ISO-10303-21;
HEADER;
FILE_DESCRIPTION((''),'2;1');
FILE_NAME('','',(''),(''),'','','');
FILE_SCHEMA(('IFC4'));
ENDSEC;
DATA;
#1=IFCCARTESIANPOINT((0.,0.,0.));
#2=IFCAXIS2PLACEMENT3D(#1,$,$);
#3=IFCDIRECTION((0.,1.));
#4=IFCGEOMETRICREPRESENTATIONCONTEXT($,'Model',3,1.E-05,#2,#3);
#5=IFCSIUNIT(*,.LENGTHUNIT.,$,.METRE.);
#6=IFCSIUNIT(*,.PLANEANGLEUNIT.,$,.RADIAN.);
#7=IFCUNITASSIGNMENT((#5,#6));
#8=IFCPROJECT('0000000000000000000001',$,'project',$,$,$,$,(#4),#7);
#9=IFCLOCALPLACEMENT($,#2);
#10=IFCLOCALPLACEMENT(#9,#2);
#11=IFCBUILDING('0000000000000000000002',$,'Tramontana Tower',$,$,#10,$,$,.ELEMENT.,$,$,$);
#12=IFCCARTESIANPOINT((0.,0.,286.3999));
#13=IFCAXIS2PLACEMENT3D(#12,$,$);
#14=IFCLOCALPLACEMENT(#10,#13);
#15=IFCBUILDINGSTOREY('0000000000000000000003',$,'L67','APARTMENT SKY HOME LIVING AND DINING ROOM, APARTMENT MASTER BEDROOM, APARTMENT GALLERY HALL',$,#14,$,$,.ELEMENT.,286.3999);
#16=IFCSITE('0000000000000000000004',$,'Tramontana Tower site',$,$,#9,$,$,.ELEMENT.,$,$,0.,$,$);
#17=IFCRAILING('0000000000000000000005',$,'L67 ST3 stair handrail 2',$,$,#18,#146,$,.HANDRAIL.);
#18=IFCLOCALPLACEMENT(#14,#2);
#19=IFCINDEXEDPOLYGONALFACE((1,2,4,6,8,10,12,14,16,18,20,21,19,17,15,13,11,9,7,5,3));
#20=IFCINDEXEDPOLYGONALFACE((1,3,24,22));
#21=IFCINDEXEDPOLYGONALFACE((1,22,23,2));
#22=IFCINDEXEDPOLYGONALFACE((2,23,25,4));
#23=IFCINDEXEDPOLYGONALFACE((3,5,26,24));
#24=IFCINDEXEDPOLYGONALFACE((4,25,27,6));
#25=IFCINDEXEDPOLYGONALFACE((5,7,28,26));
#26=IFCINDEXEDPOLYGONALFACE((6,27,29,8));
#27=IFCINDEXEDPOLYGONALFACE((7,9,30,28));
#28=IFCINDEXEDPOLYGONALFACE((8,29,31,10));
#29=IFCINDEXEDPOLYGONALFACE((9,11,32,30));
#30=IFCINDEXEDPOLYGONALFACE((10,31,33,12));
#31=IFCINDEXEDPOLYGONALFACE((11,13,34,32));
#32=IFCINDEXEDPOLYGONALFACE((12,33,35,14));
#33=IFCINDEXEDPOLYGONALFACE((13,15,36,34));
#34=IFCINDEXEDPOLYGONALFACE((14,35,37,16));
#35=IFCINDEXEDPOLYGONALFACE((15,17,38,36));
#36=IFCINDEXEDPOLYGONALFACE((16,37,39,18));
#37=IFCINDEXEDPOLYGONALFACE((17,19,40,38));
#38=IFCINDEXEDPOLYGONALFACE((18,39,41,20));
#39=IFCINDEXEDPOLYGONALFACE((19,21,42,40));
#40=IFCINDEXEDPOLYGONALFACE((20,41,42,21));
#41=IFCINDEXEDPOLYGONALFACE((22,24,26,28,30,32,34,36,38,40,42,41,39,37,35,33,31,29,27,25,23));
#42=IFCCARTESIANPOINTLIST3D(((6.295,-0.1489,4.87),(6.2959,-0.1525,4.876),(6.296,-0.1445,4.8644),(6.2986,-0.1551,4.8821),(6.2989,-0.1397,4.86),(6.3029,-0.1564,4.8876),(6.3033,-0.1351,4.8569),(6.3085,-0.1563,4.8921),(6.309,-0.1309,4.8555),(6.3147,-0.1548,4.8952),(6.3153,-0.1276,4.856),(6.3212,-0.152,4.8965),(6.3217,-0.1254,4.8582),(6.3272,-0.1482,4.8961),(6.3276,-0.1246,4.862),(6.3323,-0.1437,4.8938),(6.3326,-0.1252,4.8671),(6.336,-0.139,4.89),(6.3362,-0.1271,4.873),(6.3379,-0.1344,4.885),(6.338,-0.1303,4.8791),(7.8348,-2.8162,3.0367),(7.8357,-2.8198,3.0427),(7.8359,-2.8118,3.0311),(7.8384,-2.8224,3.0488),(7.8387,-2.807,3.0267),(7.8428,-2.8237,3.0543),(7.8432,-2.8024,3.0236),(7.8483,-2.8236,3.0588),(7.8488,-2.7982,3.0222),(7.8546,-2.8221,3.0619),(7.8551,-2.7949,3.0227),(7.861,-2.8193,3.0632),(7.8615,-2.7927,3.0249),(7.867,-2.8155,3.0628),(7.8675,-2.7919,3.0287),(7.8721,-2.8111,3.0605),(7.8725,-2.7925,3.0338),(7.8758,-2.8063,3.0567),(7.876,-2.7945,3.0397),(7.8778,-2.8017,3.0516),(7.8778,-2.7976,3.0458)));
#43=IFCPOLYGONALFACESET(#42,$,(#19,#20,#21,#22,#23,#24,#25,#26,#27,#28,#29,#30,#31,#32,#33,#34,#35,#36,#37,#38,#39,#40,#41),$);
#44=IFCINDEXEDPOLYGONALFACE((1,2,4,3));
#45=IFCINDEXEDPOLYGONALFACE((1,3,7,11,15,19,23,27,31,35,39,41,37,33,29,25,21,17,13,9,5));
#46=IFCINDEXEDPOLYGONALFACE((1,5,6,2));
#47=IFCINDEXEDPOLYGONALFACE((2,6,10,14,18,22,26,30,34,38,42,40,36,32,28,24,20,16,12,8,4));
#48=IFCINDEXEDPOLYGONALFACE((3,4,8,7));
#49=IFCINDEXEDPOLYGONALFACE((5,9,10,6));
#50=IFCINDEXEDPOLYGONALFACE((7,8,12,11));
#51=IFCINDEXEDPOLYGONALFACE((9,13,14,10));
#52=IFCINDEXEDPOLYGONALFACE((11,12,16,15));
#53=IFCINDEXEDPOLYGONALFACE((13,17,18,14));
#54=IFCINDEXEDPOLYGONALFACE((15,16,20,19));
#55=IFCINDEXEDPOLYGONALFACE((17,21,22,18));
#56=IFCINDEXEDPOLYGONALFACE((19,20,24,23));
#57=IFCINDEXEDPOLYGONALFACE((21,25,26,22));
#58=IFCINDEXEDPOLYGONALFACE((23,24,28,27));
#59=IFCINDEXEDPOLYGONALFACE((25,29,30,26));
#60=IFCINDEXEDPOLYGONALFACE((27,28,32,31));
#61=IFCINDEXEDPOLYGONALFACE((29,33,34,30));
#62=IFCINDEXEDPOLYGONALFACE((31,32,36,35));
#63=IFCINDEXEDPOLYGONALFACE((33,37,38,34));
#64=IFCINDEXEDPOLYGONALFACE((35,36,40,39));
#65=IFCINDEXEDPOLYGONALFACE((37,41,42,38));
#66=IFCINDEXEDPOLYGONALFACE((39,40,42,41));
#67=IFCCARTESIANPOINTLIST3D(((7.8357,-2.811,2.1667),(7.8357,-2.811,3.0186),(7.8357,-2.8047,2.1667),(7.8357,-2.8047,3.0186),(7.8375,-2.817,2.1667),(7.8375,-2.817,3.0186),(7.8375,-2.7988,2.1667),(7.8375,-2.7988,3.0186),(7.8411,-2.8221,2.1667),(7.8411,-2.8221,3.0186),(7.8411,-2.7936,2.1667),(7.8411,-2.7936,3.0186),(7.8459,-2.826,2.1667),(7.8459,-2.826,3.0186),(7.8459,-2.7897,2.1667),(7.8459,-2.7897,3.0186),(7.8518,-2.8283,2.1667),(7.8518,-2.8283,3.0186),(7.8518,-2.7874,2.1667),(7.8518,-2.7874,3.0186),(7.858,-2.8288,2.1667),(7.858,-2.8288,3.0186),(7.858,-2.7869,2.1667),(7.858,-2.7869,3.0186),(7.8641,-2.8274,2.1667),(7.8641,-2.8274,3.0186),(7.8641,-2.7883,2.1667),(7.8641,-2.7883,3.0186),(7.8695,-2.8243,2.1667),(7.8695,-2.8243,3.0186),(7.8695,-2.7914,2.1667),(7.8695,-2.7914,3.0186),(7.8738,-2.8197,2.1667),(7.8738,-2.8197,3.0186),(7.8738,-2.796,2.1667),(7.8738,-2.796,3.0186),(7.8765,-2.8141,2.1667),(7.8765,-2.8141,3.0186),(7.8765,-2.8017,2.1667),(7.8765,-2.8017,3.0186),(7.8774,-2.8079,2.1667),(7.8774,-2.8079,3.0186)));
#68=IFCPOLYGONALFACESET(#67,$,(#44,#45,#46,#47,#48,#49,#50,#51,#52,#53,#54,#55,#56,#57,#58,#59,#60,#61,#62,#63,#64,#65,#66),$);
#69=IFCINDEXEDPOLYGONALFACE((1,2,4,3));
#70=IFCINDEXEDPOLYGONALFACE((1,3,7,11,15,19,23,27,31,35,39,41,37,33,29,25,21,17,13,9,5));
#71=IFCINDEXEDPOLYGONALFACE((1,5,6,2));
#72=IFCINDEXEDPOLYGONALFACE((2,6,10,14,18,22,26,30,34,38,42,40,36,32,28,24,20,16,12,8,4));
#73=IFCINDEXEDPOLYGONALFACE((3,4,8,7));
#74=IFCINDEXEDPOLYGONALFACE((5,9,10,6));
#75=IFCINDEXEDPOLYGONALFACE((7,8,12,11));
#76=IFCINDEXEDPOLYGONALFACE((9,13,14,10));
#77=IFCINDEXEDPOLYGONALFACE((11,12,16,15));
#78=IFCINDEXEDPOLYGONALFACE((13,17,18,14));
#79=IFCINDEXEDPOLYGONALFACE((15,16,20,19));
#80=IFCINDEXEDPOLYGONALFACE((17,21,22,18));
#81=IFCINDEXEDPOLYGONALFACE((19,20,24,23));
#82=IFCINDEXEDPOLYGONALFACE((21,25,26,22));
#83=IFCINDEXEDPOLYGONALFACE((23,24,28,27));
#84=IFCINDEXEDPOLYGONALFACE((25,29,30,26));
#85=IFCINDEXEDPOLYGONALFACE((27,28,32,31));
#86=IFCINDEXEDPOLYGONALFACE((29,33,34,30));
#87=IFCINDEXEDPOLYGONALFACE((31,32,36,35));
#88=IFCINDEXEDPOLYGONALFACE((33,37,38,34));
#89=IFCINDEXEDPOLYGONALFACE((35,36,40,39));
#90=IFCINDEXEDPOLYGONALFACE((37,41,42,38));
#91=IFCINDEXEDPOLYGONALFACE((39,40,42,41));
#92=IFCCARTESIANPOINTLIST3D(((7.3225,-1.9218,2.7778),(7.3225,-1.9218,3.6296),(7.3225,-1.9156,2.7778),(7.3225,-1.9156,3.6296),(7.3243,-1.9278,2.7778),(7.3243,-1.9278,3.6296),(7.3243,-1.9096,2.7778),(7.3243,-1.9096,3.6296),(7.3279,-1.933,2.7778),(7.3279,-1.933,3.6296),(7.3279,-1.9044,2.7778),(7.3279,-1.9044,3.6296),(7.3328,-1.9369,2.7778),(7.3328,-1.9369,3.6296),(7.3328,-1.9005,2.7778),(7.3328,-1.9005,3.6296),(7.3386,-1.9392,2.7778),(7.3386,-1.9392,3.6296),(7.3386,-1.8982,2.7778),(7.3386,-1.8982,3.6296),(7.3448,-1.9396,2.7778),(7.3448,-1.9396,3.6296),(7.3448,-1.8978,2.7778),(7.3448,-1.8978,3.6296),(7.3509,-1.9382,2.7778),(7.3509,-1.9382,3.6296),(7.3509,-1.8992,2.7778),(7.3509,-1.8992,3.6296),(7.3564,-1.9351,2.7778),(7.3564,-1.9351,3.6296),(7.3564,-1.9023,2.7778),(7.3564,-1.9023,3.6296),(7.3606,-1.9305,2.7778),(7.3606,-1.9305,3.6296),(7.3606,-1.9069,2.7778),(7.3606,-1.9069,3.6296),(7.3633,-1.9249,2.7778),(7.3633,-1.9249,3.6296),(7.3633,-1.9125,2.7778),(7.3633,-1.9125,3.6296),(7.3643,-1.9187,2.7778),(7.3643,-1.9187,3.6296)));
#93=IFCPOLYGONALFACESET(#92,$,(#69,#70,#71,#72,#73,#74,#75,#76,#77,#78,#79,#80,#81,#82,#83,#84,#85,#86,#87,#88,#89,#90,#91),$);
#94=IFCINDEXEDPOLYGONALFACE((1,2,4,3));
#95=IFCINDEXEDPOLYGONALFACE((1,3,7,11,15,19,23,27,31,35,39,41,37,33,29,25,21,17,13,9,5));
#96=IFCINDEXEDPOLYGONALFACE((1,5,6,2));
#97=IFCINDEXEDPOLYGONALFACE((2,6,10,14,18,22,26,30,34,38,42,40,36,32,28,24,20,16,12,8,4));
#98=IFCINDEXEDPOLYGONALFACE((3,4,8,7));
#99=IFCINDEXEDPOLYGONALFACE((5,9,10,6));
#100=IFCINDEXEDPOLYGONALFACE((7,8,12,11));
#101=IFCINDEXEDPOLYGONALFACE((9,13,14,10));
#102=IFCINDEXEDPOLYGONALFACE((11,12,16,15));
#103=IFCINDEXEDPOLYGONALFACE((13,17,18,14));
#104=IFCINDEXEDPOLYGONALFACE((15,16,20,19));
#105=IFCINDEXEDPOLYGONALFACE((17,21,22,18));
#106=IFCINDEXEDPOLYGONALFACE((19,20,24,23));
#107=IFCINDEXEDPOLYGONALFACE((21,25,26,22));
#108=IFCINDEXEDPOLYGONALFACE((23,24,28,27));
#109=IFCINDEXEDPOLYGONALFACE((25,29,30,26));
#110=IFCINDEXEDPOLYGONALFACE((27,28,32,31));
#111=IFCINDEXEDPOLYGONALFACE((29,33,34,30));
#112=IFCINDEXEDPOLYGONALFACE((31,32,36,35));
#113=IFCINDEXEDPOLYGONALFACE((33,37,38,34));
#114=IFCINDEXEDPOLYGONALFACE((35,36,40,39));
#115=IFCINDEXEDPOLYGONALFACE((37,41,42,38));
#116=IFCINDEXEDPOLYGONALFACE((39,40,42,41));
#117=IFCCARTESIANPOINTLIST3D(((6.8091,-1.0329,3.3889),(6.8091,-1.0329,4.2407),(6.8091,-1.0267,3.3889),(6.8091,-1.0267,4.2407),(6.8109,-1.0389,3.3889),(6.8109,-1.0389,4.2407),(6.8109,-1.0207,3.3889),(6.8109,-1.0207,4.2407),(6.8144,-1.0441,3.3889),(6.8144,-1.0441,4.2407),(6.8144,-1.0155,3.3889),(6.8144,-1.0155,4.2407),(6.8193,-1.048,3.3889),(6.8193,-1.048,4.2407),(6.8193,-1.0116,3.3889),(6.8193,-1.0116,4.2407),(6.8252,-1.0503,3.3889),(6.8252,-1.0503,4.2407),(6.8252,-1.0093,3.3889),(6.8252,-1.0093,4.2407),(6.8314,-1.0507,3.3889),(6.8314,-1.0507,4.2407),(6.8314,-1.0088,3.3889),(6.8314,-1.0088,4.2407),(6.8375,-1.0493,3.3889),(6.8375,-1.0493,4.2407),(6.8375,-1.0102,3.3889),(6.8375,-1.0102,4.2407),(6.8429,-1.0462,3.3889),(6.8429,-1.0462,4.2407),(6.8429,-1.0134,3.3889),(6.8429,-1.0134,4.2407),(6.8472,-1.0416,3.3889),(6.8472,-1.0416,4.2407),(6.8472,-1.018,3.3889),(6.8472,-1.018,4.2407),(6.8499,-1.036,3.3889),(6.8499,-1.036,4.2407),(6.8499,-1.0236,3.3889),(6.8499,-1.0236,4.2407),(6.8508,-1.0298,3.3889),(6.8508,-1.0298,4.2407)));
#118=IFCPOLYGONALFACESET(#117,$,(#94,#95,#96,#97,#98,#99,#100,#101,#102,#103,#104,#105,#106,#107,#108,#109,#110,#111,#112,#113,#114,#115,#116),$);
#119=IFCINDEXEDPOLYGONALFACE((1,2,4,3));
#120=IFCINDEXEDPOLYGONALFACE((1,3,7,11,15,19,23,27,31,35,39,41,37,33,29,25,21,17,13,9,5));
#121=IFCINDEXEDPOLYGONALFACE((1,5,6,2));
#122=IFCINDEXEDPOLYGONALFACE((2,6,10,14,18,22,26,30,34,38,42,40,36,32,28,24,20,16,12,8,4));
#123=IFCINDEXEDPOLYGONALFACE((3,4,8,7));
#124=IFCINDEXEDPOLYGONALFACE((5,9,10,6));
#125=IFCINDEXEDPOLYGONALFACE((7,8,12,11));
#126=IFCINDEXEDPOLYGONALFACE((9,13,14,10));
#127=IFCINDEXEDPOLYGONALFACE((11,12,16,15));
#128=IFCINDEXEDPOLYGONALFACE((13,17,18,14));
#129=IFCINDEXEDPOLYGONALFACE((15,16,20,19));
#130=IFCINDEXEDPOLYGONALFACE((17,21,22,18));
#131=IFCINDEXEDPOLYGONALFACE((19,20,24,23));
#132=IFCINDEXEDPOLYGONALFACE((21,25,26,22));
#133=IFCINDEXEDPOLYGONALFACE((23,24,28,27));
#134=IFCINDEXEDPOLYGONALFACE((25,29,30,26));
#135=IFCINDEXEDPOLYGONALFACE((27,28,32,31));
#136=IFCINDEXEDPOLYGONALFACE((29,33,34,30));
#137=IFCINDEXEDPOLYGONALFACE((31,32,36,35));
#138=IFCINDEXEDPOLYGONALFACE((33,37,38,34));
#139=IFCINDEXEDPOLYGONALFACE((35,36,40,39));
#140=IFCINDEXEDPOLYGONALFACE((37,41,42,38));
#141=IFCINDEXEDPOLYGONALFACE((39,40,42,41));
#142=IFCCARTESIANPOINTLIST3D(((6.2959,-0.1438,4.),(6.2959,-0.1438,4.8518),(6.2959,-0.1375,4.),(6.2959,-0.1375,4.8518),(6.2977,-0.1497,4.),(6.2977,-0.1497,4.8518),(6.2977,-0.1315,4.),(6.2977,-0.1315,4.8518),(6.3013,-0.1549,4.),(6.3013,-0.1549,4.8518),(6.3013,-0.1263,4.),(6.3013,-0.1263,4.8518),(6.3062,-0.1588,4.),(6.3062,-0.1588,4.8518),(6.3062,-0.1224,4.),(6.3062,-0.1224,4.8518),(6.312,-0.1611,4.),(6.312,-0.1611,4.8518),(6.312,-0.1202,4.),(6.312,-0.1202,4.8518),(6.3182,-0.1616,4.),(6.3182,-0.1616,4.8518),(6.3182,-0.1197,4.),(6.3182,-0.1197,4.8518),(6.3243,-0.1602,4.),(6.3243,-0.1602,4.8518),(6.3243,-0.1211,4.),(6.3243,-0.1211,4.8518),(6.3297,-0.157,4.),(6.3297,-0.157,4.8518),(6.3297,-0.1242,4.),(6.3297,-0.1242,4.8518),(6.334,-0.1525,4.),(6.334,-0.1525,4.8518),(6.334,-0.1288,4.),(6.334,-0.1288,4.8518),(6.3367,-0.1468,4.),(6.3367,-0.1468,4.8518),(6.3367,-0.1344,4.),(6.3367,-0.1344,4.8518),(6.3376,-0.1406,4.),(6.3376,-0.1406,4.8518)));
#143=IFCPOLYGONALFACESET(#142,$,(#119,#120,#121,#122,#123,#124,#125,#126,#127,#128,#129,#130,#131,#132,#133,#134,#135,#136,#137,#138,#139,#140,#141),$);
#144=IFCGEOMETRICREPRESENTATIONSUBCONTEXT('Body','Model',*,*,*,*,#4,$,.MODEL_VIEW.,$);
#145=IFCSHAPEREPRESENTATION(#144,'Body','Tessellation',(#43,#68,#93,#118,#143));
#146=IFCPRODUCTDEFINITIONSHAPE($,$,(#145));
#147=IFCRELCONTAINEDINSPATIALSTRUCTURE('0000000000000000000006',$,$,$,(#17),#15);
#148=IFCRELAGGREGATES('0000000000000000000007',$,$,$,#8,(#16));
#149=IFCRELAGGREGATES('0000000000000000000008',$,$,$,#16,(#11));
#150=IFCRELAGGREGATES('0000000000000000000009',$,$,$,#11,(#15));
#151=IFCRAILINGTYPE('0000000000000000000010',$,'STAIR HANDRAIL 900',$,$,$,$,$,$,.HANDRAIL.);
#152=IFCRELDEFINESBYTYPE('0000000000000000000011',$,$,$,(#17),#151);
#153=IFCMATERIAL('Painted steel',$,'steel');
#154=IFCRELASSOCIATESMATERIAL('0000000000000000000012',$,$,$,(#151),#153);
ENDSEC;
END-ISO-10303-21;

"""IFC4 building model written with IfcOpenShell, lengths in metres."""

from ifc_helpers import new_model, si_unit, direction, frame, origin, origin_2d, place, context, subcontext, project, spatial, circle, extrude, material, type_object, element, save


model = new_model("IFC4")

# Units and contexts
model_context = context("Model", 3, precision=1e-05, world=origin(), true_north=direction((0.0, 1.0)))
body_context = subcontext(model_context, "Body", "Model", "MODEL_VIEW")
ifc_project = project(units=[si_unit("LENGTHUNIT", "METRE"), si_unit("PLANEANGLEUNIT", "RADIAN")], contexts=[model_context])

# Site, building, storey
site_placement = place(None, origin())
site = spatial("IfcSite", under=ifc_project, at=site_placement, Name="Tramontana Tower site", CompositionType="ELEMENT", RefElevation=0.0)
building_placement = place(site_placement, origin())
building = spatial("IfcBuilding", under=site, at=building_placement, Name="Tramontana Tower", CompositionType="ELEMENT")
storey_placement = place(building_placement, frame((0.0, 0.0, 286.3999)))
storey = spatial("IfcBuildingStorey", under=building, at=storey_placement, Name="L67", Description="APARTMENT SKY HOME LIVING AND DINING ROOM, APARTMENT MASTER BEDROOM, APARTMENT GALLERY HALL", CompositionType="ELEMENT", Elevation=286.3999)

# Railing
ifc_material_1 = material(Name="Painted steel", Category="steel")
railing_type_1 = type_object("IfcRailingType", Name="STAIR HANDRAIL 900", PredefinedType="HANDRAIL", material=ifc_material_1)
railing_1_placement = place(storey_placement, frame((7.8564, -2.8079, 2.1667)))
element("IfcRailing", 1, at=railing_1_placement, inside=storey, type_object=railing_type_1, Name="L67 ST3 stair handrail 2", PredefinedType="HANDRAIL", context=body_context, shape_type="SweptSolid", body=[
    extrude(circle(Radius=0.0239, at=origin_2d()), frame((0.0, 0.0, 0.876), z_axis=(-0.429616, 0.744181, 0.511493), x_axis=(-0.866044, -0.499967, 0.0)), (0.0, 0.0, 1.0), 3.5842),
    extrude(circle(Radius=0.021, at=origin_2d()), origin(), (0.0, 0.0, 1.0), 0.8518),
    extrude(circle(Radius=0.021, at=origin_2d()), frame((-0.5132, 0.8892, 0.6111)), (0.0, 0.0, 1.0), 0.8518),
    extrude(circle(Radius=0.021, at=origin_2d()), frame((-1.0266, 1.7781, 1.2222)), (0.0, 0.0, 1.0), 0.8518),
    extrude(circle(Radius=0.021, at=origin_2d()), frame((-1.5398, 2.6672, 1.8333)), (0.0, 0.0, 1.0), 0.8518),
])

save(model, "model.ifc")
